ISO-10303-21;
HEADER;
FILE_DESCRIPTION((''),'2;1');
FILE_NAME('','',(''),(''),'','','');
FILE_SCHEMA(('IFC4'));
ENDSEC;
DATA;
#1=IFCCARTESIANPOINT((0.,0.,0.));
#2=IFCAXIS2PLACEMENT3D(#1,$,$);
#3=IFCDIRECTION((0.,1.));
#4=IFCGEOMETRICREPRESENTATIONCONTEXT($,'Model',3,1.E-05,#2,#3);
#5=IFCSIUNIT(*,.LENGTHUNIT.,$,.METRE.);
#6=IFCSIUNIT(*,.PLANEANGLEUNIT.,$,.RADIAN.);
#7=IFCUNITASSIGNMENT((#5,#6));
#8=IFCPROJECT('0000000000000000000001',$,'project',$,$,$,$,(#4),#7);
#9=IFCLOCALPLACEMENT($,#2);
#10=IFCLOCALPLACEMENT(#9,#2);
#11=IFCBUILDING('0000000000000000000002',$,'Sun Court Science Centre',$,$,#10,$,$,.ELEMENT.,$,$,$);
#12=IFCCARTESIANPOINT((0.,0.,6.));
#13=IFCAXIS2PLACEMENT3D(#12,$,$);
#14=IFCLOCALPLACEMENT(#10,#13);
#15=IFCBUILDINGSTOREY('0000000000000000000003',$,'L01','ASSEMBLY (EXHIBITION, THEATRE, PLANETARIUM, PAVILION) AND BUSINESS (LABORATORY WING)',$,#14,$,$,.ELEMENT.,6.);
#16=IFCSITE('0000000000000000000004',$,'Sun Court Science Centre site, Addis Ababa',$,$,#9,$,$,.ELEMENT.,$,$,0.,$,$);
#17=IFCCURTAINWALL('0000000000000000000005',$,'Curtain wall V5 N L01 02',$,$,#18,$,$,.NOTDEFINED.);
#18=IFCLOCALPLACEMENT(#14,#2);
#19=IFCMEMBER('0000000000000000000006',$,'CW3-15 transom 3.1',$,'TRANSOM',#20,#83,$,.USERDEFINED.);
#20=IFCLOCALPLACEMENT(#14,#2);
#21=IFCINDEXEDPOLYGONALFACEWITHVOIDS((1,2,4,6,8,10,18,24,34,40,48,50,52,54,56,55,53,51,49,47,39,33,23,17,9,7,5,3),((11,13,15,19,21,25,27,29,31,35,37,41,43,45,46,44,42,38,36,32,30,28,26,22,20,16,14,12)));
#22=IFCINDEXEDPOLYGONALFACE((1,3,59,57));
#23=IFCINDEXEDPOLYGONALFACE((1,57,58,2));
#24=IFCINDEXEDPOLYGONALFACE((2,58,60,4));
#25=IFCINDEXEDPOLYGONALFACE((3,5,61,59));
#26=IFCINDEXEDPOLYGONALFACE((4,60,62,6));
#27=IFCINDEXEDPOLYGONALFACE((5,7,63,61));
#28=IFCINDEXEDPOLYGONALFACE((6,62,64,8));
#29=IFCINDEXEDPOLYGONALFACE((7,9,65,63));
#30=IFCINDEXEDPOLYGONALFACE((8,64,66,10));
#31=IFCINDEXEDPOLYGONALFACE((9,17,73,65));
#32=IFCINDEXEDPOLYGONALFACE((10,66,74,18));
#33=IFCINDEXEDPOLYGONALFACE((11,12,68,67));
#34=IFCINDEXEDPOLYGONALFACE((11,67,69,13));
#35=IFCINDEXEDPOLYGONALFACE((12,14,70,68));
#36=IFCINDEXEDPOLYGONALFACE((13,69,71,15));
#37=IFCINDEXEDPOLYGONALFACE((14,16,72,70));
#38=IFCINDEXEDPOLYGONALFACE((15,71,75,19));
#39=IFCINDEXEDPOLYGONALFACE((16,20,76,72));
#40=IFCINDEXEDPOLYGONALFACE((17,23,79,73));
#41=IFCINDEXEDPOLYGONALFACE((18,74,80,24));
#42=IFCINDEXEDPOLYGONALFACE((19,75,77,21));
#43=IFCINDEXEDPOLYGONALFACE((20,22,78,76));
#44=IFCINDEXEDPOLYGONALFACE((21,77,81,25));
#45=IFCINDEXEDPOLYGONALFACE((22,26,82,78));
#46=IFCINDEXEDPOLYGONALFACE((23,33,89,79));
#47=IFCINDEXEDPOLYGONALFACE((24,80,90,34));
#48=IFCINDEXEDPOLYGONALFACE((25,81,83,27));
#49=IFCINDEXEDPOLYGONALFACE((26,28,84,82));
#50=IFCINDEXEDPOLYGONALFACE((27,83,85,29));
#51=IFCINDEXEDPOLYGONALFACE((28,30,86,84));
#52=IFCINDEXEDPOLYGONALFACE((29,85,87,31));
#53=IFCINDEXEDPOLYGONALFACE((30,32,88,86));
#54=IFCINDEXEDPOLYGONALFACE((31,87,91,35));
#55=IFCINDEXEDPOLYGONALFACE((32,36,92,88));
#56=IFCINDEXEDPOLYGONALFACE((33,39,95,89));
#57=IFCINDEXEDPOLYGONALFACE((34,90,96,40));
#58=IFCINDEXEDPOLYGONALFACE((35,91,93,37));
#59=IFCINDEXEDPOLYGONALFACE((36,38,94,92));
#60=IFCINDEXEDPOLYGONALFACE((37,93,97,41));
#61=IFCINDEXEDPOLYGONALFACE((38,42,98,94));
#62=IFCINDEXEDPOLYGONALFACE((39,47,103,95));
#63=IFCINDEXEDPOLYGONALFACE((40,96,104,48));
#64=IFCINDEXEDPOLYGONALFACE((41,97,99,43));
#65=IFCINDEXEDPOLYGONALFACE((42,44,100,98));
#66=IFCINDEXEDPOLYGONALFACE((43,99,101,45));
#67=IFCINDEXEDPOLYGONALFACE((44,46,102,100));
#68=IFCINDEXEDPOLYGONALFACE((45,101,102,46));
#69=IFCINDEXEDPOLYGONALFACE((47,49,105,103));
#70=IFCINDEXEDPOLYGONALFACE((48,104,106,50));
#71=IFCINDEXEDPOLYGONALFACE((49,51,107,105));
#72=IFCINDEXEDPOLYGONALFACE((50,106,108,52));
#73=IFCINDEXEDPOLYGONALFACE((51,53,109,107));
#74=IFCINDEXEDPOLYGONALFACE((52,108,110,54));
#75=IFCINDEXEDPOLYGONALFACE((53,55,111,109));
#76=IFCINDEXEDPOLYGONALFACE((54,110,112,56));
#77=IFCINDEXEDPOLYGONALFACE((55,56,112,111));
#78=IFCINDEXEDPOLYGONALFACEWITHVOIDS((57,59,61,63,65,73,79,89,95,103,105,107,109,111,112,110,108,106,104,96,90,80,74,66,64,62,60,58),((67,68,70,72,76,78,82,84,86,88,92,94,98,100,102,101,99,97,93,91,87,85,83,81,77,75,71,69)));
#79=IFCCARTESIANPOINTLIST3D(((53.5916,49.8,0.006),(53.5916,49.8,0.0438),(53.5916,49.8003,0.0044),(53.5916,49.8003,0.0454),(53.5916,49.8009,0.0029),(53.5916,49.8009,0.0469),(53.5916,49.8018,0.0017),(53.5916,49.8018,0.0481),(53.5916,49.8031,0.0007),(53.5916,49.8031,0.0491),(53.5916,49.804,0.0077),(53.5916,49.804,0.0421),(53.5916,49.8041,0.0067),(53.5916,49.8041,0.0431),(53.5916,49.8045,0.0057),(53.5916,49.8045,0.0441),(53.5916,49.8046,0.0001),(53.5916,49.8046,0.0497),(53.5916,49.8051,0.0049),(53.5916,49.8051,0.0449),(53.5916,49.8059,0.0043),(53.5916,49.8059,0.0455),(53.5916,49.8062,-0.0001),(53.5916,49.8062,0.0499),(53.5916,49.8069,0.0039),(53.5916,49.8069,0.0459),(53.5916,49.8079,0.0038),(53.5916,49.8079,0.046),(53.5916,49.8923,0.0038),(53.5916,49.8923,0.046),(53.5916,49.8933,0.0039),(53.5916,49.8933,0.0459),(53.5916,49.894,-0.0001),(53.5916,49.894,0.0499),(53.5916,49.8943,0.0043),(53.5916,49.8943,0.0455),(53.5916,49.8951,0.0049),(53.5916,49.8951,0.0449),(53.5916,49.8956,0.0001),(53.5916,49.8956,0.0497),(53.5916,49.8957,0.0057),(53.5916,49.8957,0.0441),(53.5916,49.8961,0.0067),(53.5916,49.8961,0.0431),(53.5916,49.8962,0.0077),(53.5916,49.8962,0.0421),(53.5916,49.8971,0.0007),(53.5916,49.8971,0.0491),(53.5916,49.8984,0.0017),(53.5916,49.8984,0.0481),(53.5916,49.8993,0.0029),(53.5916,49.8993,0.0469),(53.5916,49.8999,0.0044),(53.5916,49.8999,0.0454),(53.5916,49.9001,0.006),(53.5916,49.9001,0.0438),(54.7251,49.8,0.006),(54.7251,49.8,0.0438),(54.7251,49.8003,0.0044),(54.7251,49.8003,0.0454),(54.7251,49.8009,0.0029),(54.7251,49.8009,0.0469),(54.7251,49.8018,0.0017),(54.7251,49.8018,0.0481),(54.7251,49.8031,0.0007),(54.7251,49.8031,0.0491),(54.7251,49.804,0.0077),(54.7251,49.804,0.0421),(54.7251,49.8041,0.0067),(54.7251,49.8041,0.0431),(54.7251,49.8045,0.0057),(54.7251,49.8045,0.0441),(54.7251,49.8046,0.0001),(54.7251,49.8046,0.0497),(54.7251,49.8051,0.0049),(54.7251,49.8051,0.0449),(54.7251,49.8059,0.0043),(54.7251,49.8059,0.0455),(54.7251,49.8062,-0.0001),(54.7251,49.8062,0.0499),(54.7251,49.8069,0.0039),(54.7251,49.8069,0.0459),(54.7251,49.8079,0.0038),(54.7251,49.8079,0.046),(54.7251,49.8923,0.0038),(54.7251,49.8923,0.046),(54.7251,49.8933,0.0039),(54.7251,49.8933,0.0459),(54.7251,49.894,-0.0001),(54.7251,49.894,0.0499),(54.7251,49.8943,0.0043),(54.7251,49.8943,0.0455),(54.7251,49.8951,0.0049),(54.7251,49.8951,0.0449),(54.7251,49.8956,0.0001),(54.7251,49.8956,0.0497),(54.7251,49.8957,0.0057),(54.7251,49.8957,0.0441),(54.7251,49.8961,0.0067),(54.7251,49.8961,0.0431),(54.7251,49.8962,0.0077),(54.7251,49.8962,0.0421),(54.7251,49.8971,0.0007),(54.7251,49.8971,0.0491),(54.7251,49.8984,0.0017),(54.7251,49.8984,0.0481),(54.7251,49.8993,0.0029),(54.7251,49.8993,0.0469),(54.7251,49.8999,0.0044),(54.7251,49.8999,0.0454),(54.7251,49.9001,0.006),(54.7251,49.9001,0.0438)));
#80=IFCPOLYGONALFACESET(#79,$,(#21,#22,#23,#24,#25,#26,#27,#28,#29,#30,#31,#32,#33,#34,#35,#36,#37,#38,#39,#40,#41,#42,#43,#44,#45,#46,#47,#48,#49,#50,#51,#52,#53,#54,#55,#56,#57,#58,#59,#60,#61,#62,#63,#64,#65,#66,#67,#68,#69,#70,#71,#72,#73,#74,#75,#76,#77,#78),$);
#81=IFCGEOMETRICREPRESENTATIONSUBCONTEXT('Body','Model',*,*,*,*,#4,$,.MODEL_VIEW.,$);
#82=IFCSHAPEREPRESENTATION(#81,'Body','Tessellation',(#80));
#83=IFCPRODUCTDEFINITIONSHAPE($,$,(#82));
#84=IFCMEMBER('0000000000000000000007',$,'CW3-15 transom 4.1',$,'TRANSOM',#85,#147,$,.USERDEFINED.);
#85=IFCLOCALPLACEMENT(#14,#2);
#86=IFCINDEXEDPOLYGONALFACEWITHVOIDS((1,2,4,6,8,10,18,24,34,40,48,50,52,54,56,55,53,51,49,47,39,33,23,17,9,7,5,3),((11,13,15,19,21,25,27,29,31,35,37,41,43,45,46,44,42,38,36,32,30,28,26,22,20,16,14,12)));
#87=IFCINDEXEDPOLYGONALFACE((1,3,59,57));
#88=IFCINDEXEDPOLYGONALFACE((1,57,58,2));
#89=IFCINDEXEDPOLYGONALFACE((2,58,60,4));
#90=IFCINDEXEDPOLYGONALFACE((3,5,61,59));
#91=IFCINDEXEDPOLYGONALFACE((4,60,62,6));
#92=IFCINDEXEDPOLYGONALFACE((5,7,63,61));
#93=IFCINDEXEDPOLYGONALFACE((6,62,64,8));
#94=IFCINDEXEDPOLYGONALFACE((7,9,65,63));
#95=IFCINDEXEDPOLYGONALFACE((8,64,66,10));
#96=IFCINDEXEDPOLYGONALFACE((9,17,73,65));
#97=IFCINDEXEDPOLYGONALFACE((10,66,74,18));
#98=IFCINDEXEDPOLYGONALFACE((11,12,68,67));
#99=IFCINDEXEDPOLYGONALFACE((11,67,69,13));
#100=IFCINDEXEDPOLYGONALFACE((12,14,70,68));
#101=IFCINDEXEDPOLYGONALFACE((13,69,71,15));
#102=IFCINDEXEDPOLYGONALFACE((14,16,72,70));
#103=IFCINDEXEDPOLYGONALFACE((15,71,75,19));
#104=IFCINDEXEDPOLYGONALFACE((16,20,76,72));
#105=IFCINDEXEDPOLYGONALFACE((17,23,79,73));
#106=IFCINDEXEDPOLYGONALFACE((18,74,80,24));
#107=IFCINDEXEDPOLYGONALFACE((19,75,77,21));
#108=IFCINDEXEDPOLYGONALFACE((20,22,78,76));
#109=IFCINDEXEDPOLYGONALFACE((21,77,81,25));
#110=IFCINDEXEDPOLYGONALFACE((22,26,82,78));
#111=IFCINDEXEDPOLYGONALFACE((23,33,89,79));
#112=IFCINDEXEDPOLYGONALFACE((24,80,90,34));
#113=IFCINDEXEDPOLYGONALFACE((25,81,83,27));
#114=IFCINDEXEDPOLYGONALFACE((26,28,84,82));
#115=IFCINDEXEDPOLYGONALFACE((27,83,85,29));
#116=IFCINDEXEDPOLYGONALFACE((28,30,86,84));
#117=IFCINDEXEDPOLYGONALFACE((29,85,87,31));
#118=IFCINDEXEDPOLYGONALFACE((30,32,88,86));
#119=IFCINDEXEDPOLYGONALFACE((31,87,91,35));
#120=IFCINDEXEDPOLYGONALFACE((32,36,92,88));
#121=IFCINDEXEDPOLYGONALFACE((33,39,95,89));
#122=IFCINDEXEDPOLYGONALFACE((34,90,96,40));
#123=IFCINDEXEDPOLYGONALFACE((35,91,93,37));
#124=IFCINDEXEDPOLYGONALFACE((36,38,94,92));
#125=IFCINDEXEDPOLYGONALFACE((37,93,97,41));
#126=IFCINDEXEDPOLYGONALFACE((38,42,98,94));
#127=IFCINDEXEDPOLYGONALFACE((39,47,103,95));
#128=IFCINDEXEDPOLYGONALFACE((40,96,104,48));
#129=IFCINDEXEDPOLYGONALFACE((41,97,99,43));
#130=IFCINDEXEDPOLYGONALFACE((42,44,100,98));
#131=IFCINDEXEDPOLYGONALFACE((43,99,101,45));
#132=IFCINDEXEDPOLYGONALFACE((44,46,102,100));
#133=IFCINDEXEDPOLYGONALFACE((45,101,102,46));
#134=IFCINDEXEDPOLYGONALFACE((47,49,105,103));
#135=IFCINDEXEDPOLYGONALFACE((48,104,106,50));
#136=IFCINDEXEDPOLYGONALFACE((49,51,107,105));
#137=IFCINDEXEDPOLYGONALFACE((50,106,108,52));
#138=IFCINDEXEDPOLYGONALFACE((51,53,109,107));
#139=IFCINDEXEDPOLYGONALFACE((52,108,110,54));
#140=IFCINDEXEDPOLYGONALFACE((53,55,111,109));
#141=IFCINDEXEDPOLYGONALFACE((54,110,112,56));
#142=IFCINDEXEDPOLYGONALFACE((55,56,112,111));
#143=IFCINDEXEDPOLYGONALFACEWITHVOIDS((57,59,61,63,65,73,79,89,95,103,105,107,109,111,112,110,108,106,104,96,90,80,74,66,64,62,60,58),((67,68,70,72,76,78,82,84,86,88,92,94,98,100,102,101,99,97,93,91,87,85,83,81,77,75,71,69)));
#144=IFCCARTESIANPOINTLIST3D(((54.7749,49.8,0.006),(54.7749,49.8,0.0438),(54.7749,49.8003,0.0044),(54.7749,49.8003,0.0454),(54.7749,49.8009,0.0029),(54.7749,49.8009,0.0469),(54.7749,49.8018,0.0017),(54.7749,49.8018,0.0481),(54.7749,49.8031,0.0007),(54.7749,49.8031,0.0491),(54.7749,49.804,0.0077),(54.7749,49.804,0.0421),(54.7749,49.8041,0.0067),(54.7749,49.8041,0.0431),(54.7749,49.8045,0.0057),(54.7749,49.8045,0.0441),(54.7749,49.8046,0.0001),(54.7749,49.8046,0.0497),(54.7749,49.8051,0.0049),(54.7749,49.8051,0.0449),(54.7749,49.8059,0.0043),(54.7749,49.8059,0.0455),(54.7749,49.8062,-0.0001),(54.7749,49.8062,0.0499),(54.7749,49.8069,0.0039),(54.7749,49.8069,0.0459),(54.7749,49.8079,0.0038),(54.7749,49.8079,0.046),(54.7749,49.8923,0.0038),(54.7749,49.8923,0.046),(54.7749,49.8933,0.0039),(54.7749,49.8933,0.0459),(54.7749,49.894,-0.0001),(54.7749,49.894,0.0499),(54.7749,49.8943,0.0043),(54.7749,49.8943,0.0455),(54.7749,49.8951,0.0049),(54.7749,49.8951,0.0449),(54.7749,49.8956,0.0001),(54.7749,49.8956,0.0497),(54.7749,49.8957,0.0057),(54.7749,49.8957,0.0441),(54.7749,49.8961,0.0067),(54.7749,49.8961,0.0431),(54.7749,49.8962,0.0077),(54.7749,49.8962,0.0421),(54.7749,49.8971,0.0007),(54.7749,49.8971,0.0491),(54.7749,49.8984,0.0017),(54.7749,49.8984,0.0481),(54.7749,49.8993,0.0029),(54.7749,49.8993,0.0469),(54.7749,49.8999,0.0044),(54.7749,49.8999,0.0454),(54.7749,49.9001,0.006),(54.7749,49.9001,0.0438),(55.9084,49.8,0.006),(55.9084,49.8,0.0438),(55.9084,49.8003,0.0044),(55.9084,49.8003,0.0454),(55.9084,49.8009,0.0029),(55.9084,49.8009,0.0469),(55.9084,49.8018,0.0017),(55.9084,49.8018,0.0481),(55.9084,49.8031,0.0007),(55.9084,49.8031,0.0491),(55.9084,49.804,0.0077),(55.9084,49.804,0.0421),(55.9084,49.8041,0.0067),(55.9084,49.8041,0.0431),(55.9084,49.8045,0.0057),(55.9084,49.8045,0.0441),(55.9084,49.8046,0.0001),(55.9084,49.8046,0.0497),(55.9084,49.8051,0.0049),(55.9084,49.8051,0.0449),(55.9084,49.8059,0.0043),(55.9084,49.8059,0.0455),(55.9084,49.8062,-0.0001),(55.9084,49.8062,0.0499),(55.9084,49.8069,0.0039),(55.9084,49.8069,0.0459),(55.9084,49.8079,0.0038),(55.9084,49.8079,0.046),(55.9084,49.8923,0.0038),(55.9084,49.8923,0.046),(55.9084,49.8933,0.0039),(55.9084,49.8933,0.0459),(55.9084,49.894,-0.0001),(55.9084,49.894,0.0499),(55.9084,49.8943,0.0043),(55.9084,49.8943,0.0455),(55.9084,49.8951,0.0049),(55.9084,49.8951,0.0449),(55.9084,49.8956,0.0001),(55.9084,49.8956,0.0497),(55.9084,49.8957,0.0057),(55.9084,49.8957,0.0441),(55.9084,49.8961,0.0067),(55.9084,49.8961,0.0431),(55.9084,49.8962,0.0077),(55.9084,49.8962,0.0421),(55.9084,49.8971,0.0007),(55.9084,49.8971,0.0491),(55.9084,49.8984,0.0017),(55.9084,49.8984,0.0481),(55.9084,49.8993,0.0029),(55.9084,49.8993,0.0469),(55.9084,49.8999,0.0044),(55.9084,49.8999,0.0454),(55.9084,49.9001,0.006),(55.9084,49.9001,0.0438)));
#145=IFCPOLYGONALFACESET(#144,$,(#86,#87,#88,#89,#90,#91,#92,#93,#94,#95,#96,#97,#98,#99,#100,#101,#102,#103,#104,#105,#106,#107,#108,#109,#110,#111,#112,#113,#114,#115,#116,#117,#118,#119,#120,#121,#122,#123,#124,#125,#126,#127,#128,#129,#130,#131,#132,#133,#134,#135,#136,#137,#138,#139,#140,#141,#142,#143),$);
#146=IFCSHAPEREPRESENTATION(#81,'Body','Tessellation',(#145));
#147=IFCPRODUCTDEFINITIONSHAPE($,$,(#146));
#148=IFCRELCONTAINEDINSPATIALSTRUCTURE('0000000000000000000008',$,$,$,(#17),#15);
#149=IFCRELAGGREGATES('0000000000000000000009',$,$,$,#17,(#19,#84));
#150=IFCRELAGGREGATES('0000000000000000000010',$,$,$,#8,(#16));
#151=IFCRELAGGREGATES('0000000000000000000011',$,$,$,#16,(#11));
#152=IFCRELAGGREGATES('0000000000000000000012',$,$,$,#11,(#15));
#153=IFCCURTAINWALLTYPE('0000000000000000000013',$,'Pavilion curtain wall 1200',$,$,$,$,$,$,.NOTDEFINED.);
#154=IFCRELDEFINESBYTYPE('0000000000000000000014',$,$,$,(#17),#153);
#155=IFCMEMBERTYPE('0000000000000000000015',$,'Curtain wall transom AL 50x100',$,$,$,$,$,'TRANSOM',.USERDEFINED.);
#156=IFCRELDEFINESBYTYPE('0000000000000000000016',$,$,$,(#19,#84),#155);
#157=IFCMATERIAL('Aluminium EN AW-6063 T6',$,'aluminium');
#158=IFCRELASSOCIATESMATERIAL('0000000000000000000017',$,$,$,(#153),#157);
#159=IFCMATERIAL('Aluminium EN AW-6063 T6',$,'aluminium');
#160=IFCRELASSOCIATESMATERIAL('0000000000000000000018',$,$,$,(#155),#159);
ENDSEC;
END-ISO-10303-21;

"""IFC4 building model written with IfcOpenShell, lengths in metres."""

from ifc_helpers import new_model, si_unit, direction, frame, origin, origin_2d, place, context, subcontext, project, spatial, hollow_rectangle, extrude, material, material_profile, profile_set, type_object, element, aggregate, save


model = new_model("IFC4")

# Units and contexts
model_context = context("Model", 3, precision=1e-05, world=origin(), true_north=direction((0.0, 1.0)))
body_context = subcontext(model_context, "Body", "Model", "MODEL_VIEW")
ifc_project = project(units=[si_unit("LENGTHUNIT", "METRE"), si_unit("PLANEANGLEUNIT", "RADIAN")], contexts=[model_context])

# Site, building, storey
site_placement = place(None, origin())
site = spatial("IfcSite", under=ifc_project, at=site_placement, Name="Sun Court Science Centre site, Addis Ababa", CompositionType="ELEMENT", RefElevation=0.0)
building_placement = place(site_placement, origin())
building = spatial("IfcBuilding", under=site, at=building_placement, Name="Sun Court Science Centre", CompositionType="ELEMENT")
storey_placement = place(building_placement, frame((0.0, 0.0, 6.0)))
storey = spatial("IfcBuildingStorey", under=building, at=storey_placement, Name="L01", Description="ASSEMBLY (EXHIBITION, THEATRE, PLANETARIUM, PAVILION) AND BUSINESS (LABORATORY WING)", CompositionType="ELEMENT", Elevation=6.0)

# Curtain wall, members
ifc_material_1 = material(Name="Aluminium EN AW-6063 T6", Category="aluminium")
curtain_wall_type = type_object("IfcCurtainWallType", Name="Pavilion curtain wall 1200", PredefinedType="NOTDEFINED", material=ifc_material_1)
curtain_wall_placement = place(storey_placement, origin())
curtain_wall = element("IfcCurtainWall", 1, at=curtain_wall_placement, inside=storey, type_object=curtain_wall_type, Name="Curtain wall V5 N L01 02", PredefinedType="NOTDEFINED")
ifc_material_2 = material(Name="Aluminium EN AW-6063 T6", Category="aluminium")
ifc_material_profile_1 = material_profile(ifc_material_2, hollow_rectangle(XDim=0.05, YDim=0.1001, WallThickness=0.0039, InnerFilletRadius=0.0039, OuterFilletRadius=0.0061, at=origin_2d()), Name="AL 50x100x4")
ifc_profile_set_1 = profile_set([ifc_material_profile_1], Name="Aluminium EN AW-6063 T6")
member_type_1 = type_object("IfcMemberType", Name="Curtain wall transom AL 50x100", ElementType="TRANSOM", PredefinedType="USERDEFINED", material=ifc_profile_set_1)
member_1_placement = place(storey_placement, frame((53.5916, 49.8501, 0.0249), z_axis=(1.0, 0.0, 0.0), x_axis=(0.0, 0.0, 1.0)))
member_1 = element("IfcMember", 2, at=member_1_placement, type_object=member_type_1, Name="CW3-15 transom 3.1", ObjectType="TRANSOM", PredefinedType="USERDEFINED", context=body_context, shape_type="SweptSolid", body=[
    extrude(hollow_rectangle(XDim=0.05, YDim=0.1001, WallThickness=0.0039, InnerFilletRadius=0.0039, OuterFilletRadius=0.0061, at=origin_2d()), origin(), (0.0, 0.0, 1.0), 1.1335),
])
member_2_placement = place(storey_placement, frame((54.7749, 49.8501, 0.0249), z_axis=(1.0, 0.0, 0.0), x_axis=(0.0, 0.0, 1.0)))
member_2 = element("IfcMember", 3, at=member_2_placement, type_object=member_type_1, Name="CW3-15 transom 4.1", ObjectType="TRANSOM", PredefinedType="USERDEFINED", context=body_context, shape_type="SweptSolid", body=[
    extrude(hollow_rectangle(XDim=0.05, YDim=0.1001, WallThickness=0.0039, InnerFilletRadius=0.0039, OuterFilletRadius=0.0061, at=origin_2d()), origin(), (0.0, 0.0, 1.0), 1.1335),
])
aggregate(curtain_wall, [member_1, member_2])

save(model, "model.ifc")
